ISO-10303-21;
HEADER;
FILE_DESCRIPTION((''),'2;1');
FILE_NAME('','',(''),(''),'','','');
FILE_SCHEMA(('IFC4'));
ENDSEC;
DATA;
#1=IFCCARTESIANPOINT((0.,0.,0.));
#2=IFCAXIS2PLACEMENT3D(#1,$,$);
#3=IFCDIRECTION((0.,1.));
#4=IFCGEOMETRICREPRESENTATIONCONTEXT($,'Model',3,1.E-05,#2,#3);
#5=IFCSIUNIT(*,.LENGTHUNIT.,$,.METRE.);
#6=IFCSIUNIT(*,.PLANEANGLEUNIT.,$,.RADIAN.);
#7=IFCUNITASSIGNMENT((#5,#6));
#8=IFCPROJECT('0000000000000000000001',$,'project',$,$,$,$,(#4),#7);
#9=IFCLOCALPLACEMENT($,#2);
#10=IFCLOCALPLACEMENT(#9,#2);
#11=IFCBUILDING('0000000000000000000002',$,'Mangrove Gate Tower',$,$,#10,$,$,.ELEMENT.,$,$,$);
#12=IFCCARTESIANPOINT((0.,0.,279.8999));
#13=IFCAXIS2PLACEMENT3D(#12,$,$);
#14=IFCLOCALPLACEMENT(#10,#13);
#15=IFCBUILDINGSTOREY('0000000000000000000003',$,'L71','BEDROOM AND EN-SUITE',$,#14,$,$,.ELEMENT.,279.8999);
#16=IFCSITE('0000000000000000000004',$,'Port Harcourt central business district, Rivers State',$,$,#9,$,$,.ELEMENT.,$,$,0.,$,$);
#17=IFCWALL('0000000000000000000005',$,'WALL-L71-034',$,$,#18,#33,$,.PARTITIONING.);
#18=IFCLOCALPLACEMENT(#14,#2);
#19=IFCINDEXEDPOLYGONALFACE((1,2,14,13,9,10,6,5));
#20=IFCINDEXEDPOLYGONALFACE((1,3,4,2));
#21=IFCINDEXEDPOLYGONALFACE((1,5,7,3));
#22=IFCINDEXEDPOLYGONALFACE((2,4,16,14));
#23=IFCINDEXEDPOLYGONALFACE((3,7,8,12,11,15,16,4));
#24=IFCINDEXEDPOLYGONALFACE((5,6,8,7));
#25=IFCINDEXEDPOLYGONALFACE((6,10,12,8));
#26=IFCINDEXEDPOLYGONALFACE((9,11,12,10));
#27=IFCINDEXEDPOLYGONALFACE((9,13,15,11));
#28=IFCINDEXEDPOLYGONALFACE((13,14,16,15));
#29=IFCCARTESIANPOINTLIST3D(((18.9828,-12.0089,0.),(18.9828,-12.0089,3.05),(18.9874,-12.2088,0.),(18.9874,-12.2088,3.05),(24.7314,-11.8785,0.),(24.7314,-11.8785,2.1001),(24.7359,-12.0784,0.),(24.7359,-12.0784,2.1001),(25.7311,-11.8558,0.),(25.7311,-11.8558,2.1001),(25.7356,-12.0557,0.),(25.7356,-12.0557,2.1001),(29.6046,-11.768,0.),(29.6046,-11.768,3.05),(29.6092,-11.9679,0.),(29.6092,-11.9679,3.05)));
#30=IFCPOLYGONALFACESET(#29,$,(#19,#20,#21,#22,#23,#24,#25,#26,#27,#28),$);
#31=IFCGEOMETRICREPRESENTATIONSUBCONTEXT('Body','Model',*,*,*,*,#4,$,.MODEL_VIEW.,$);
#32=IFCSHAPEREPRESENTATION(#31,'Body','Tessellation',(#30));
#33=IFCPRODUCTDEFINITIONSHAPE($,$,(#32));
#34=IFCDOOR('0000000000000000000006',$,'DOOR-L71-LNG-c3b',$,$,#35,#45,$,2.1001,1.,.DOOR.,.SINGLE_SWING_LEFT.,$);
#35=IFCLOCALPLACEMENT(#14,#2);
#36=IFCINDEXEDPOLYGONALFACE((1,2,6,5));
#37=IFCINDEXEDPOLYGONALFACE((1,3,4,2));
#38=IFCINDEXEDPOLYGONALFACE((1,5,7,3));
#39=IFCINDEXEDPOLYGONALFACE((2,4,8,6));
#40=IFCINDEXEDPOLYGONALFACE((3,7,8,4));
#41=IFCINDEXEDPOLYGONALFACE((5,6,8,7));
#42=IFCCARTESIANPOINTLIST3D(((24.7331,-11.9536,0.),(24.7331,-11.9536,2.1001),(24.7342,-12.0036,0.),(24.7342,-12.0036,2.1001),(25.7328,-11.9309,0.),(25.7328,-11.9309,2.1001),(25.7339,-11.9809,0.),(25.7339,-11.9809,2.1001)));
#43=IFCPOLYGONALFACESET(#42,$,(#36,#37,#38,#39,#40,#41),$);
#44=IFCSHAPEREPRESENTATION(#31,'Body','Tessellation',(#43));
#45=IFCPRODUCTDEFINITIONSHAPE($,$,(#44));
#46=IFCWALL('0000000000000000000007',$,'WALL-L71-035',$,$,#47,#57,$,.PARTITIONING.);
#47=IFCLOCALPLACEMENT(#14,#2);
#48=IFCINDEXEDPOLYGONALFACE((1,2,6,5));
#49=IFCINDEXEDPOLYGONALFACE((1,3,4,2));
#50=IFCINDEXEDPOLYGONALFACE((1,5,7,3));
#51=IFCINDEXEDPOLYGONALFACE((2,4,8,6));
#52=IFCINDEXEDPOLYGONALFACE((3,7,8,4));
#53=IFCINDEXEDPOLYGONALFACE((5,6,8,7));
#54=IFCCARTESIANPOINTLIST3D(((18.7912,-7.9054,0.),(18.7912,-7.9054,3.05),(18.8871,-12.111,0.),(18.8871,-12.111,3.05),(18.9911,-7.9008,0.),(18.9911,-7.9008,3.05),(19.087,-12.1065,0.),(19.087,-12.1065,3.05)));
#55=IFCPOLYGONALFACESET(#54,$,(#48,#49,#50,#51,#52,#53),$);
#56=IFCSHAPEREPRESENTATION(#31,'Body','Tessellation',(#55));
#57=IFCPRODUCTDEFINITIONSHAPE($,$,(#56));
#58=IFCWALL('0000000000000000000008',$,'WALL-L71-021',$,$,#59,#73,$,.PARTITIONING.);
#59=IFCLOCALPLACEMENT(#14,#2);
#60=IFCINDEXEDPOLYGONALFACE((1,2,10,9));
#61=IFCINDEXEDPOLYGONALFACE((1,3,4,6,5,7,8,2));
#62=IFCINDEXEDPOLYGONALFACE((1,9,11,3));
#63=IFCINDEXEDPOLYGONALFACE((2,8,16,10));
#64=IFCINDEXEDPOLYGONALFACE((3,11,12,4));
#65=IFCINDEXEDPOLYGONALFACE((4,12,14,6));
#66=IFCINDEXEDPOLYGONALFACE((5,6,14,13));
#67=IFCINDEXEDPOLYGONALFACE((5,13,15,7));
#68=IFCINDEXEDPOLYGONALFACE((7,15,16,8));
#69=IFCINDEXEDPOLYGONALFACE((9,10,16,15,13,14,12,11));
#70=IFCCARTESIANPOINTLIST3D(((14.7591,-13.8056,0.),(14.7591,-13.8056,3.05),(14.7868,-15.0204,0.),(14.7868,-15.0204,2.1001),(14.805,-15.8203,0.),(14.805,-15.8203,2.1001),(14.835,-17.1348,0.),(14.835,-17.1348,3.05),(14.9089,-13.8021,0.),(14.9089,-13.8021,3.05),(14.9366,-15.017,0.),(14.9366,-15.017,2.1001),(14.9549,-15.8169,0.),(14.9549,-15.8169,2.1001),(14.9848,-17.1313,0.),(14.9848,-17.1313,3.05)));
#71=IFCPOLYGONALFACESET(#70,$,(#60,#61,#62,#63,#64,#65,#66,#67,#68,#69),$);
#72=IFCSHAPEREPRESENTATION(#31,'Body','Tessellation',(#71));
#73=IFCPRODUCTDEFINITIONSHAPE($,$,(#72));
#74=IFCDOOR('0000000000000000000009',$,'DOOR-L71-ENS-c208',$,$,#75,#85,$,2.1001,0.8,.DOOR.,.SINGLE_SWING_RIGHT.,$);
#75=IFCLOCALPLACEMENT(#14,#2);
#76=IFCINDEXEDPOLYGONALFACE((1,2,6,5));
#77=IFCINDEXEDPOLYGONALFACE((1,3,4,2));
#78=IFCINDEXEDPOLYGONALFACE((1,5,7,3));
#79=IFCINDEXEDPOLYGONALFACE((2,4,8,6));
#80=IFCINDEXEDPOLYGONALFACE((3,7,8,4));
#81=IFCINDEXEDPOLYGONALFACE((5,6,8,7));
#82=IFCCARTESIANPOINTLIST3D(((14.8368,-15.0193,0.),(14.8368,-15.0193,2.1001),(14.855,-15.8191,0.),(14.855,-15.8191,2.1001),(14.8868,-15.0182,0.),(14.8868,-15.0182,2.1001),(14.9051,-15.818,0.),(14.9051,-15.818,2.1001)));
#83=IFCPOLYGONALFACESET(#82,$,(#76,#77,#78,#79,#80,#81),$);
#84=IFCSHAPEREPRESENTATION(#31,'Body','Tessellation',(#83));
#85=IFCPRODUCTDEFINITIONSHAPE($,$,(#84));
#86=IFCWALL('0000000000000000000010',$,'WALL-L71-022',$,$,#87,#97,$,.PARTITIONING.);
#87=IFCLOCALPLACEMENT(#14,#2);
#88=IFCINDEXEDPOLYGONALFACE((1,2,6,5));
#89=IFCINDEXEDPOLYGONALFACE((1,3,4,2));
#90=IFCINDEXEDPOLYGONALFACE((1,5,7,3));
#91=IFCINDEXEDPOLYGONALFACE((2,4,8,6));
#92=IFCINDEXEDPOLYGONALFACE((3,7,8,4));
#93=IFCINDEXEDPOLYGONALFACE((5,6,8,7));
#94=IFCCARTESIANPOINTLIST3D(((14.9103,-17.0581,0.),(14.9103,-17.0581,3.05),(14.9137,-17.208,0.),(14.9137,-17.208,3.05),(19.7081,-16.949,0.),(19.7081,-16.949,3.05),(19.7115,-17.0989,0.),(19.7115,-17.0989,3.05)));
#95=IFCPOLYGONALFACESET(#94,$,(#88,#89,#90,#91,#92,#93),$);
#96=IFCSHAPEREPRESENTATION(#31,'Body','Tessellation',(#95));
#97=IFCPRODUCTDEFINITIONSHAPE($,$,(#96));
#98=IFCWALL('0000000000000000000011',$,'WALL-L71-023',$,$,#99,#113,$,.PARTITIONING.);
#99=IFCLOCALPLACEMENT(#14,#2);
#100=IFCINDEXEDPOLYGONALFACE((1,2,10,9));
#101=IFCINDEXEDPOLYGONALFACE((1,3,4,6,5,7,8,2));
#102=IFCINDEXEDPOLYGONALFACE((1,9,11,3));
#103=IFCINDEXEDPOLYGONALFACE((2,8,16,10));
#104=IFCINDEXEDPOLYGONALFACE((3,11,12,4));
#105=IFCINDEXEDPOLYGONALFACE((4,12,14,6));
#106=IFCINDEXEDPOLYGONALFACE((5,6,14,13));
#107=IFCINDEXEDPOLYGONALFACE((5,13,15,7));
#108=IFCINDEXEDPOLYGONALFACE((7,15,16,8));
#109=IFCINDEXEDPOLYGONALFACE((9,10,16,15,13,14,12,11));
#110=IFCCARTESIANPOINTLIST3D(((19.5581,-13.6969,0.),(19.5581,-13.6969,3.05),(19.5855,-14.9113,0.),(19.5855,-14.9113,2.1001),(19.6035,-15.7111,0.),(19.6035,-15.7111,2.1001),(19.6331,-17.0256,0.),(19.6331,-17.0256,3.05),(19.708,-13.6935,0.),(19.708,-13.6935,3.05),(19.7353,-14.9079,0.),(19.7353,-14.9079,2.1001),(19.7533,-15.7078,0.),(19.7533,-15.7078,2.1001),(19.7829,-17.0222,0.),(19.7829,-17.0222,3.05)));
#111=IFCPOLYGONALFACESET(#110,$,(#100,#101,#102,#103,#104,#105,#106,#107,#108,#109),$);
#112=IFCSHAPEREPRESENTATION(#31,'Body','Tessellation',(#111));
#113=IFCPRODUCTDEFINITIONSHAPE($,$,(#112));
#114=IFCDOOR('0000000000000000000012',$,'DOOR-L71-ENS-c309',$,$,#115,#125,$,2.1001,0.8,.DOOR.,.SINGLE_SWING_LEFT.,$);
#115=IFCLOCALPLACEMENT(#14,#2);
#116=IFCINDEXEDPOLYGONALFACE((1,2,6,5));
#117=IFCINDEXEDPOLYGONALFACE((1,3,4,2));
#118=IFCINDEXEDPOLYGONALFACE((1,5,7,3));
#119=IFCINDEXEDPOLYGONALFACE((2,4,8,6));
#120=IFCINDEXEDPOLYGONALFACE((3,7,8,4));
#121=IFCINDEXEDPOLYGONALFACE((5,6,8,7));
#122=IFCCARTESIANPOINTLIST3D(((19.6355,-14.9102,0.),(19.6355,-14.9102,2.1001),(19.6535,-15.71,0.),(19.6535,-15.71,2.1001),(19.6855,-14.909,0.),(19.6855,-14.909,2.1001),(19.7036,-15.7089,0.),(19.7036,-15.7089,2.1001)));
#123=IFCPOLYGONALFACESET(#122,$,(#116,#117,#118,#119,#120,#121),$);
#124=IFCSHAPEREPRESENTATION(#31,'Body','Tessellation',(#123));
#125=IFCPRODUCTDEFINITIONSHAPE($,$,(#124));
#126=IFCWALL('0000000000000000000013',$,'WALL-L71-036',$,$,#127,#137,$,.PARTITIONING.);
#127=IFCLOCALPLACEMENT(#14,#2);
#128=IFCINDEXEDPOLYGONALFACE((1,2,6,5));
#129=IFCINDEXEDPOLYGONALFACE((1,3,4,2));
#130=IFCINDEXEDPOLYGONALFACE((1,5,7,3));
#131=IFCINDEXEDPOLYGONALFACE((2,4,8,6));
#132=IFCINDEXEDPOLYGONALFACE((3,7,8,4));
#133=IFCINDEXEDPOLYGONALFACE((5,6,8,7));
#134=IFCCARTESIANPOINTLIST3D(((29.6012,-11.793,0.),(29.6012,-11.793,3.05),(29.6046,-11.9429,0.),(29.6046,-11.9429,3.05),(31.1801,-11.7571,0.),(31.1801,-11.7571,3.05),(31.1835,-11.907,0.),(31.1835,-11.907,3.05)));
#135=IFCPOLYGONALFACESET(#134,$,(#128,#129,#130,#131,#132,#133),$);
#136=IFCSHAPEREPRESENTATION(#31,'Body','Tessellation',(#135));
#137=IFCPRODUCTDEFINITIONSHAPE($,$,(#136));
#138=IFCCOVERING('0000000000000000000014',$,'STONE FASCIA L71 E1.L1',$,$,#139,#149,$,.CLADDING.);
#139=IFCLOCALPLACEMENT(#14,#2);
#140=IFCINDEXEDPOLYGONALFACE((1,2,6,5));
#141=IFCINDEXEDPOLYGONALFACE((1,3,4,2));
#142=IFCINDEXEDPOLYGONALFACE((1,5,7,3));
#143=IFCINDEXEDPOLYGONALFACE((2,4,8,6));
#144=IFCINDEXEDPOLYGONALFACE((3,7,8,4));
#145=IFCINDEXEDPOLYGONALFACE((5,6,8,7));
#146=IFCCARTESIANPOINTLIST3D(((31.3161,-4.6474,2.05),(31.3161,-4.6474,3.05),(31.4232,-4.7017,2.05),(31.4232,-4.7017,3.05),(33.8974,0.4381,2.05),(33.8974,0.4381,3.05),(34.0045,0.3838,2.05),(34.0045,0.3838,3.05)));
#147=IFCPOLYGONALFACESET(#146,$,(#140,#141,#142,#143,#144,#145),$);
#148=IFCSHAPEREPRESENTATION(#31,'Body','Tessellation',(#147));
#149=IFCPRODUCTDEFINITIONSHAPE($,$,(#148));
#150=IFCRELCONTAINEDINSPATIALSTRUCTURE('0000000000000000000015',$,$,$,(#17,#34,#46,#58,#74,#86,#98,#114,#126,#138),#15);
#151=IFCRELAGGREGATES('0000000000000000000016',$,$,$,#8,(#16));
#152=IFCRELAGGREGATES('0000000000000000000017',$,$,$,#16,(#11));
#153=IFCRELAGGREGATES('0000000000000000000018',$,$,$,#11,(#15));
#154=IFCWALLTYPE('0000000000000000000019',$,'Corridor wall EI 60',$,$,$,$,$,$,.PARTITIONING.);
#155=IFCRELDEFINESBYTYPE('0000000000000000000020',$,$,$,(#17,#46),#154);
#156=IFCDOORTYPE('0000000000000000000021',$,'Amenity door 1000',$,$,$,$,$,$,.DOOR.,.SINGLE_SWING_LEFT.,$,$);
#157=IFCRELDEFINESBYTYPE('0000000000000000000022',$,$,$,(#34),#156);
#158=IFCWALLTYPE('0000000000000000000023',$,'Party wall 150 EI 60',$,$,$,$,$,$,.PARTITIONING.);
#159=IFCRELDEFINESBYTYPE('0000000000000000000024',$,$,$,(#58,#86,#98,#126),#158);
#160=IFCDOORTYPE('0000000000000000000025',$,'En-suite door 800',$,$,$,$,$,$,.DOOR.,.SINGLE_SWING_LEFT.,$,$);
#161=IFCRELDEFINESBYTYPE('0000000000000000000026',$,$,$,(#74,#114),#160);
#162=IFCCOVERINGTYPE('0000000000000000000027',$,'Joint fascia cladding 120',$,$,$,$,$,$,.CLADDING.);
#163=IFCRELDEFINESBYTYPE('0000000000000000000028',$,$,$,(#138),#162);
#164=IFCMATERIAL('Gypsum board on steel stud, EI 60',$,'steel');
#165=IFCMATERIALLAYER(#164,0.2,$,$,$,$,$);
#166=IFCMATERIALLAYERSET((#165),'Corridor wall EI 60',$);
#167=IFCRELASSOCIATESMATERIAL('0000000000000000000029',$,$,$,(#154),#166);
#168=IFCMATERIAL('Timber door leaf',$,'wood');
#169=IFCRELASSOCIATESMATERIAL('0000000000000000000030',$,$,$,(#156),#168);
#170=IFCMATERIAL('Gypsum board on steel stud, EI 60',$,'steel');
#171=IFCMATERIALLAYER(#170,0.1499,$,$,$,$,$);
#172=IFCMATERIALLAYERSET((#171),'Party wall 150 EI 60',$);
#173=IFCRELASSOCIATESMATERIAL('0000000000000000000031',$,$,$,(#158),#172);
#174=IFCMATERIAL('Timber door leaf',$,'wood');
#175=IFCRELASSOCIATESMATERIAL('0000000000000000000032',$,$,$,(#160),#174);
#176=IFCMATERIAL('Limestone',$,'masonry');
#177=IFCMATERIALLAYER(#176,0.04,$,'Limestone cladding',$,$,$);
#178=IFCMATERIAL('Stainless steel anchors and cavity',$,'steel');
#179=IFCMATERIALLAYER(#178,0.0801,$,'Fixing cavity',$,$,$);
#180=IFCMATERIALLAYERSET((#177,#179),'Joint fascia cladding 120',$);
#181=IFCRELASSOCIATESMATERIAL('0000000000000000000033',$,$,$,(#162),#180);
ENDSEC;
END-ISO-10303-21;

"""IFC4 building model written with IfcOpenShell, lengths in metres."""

from ifc_helpers import new_model, si_unit, direction, frame, frame_2d, origin, place, context, subcontext, project, spatial, rectangle, extrude, material, layer, layer_set, type_object, element, fill, save


model = new_model("IFC4")

# Units and contexts
model_context = context("Model", 3, precision=1e-05, world=origin(), true_north=direction((0.0, 1.0)))
body_context = subcontext(model_context, "Body", "Model", "MODEL_VIEW")
ifc_project = project(units=[si_unit("LENGTHUNIT", "METRE"), si_unit("PLANEANGLEUNIT", "RADIAN")], contexts=[model_context])

# Site, building, storey
site_placement = place(None, origin())
site = spatial("IfcSite", under=ifc_project, at=site_placement, Name="Port Harcourt central business district, Rivers State", CompositionType="ELEMENT", RefElevation=0.0)
building_placement = place(site_placement, origin())
building = spatial("IfcBuilding", under=site, at=building_placement, Name="Mangrove Gate Tower", CompositionType="ELEMENT")
storey_placement = place(building_placement, frame((0.0, 0.0, 279.8999)))
storey = spatial("IfcBuildingStorey", under=building, at=storey_placement, Name="L71", Description="BEDROOM AND EN-SUITE", CompositionType="ELEMENT", Elevation=279.8999)

# Shared definitions
ifc_material_1 = material(Name="Gypsum board on steel stud, EI 60", Category="steel")
ifc_layer_1 = layer(ifc_material_1, 0.2)
ifc_layer_set_1 = layer_set([ifc_layer_1], Name="Corridor wall EI 60")
wall_type_1 = type_object("IfcWallType", Name="Corridor wall EI 60", PredefinedType="PARTITIONING", material=ifc_layer_set_1)

# Wall, opening, door
wall_1_placement = place(storey_placement, frame((18.9851, -12.1089, 0.0), z_axis=(0.0, 0.0, 1.0), x_axis=(0.999743, 0.02268, 0.0)))
wall_1 = element("IfcWall", 1, at=wall_1_placement, inside=storey, type_object=wall_type_1, Name="WALL-L71-034", PredefinedType="PARTITIONING", context=body_context, shape_type="SweptSolid", body=[
    extrude(rectangle(XDim=10.6245, YDim=0.2, at=frame_2d((5.3123, 0.0))), origin(), (0.0, 0.0, 1.0), 3.05),
])
opening_1_placement = place(wall_1_placement, frame((5.75, 0.0, 0.0)))
opening_1 = element("IfcOpeningElement", 2, at=opening_1_placement, cuts=wall_1, PredefinedType="OPENING", context=body_context, shape_type="SweptSolid", body=[
    extrude(rectangle(XDim=1.0, YDim=2.1001, at=frame_2d((0.5, 1.05))), frame((0.0, 0.1099, 0.0), z_axis=(0.0, -1.0, 0.0), x_axis=(1.0, 0.0, 0.0)), (0.0, 0.0, 1.0), 0.22),
])
ifc_material_2 = material(Name="Timber door leaf", Category="wood")
door_type_1 = type_object("IfcDoorType", Name="Amenity door 1000", OperationType="SINGLE_SWING_LEFT", PredefinedType="DOOR", material=ifc_material_2)
door_1_placement = place(opening_1_placement, origin())
door_1 = element("IfcDoor", 3, at=door_1_placement, inside=storey, type_object=door_type_1, Name="DOOR-L71-LNG-c3b", OperationType="SINGLE_SWING_LEFT", OverallHeight=2.1001, OverallWidth=1.0, PredefinedType="DOOR", context=body_context, shape_type="SweptSolid", body=[
    extrude(rectangle(XDim=1.0, YDim=2.1001, at=frame_2d((0.5, 1.05))), frame((0.0, 0.0249, 0.0), z_axis=(0.0, -1.0, 0.0), x_axis=(1.0, 0.0, 0.0)), (0.0, 0.0, 1.0), 0.05),
])
fill(opening_1, door_1)

# Wall
wall_2_placement = place(storey_placement, frame((18.9871, -12.1089, 0.0), z_axis=(0.0, 0.0, 1.0), x_axis=(-0.022807, 0.99974, 0.0)))
element("IfcWall", 4, at=wall_2_placement, inside=storey, type_object=wall_type_1, Name="WALL-L71-035", PredefinedType="PARTITIONING", context=body_context, shape_type="SweptSolid", body=[
    extrude(rectangle(XDim=4.2068, YDim=0.2, at=frame_2d((2.1035, 0.0))), origin(), (0.0, 0.0, 1.0), 3.05),
])

# Wall, opening, door
ifc_material_3 = material(Name="Gypsum board on steel stud, EI 60", Category="steel")
ifc_layer_2 = layer(ifc_material_3, 0.1499)
ifc_layer_set_2 = layer_set([ifc_layer_2], Name="Party wall 150 EI 60")
wall_type_2 = type_object("IfcWallType", Name="Party wall 150 EI 60", PredefinedType="PARTITIONING", material=ifc_layer_set_2)
wall_3_placement = place(storey_placement, frame((14.9099, -17.1331, 0.0), z_axis=(0.0, 0.0, 1.0), x_axis=(-0.022801, 0.99974, 0.0)))
wall_3 = element("IfcWall", 5, at=wall_3_placement, inside=storey, type_object=wall_type_2, Name="WALL-L71-021", PredefinedType="PARTITIONING", context=body_context, shape_type="SweptSolid", body=[
    extrude(rectangle(XDim=3.3301, YDim=0.1499, at=frame_2d((1.665, 0.0))), origin(), (0.0, 0.0, 1.0), 3.05),
])
opening_2_placement = place(wall_3_placement, frame((1.3149, 0.0, 0.0)))
opening_2 = element("IfcOpeningElement", 6, at=opening_2_placement, cuts=wall_3, PredefinedType="OPENING", context=body_context, shape_type="SweptSolid", body=[
    extrude(rectangle(XDim=0.8, YDim=2.1001, at=frame_2d((0.3999, 1.05))), frame((0.0, 0.085, 0.0), z_axis=(0.0, -1.0, 0.0), x_axis=(1.0, 0.0, 0.0)), (0.0, 0.0, 1.0), 0.1699),
])
ifc_material_4 = material(Name="Timber door leaf", Category="wood")
door_type_2 = type_object("IfcDoorType", Name="En-suite door 800", OperationType="SINGLE_SWING_LEFT", PredefinedType="DOOR", material=ifc_material_4)
door_2_placement = place(opening_2_placement, origin())
door_2 = element("IfcDoor", 7, at=door_2_placement, inside=storey, type_object=door_type_2, Name="DOOR-L71-ENS-c208", OperationType="SINGLE_SWING_RIGHT", OverallHeight=2.1001, OverallWidth=0.8, PredefinedType="DOOR", context=body_context, shape_type="SweptSolid", body=[
    extrude(rectangle(XDim=0.8, YDim=2.1001, at=frame_2d((0.3999, 1.05))), frame((0.0, 0.0249, 0.0), z_axis=(0.0, -1.0, 0.0), x_axis=(1.0, 0.0, 0.0)), (0.0, 0.0, 1.0), 0.05),
])
fill(opening_2, door_2)

# Wall
wall_4_placement = place(storey_placement, frame((14.9121, -17.1331, 0.0), z_axis=(0.0, 0.0, 1.0), x_axis=(0.999741, 0.02274, 0.0)))
element("IfcWall", 8, at=wall_4_placement, inside=storey, type_object=wall_type_2, Name="WALL-L71-022", PredefinedType="PARTITIONING", context=body_context, shape_type="SweptSolid", body=[
    extrude(rectangle(XDim=4.7991, YDim=0.1499, at=frame_2d((2.3994, 0.0))), origin(), (0.0, 0.0, 1.0), 3.05),
])

# Wall, opening, door
wall_5_placement = place(storey_placement, frame((19.708, -17.0239, 0.0), z_axis=(0.0, 0.0, 1.0), x_axis=(-0.02251, 0.999747, 0.0)))
wall_5 = element("IfcWall", 9, at=wall_5_placement, inside=storey, type_object=wall_type_2, Name="WALL-L71-023", PredefinedType="PARTITIONING", context=body_context, shape_type="SweptSolid", body=[
    extrude(rectangle(XDim=3.3296, YDim=0.1499, at=frame_2d((1.6648, 0.0))), origin(), (0.0, 0.0, 1.0), 3.05),
])
opening_3_placement = place(wall_5_placement, frame((1.3149, 0.0, 0.0)))
opening_3 = element("IfcOpeningElement", 10, at=opening_3_placement, cuts=wall_5, PredefinedType="OPENING", context=body_context, shape_type="SweptSolid", body=[
    extrude(rectangle(XDim=0.8, YDim=2.1001, at=frame_2d((0.3999, 1.05))), frame((0.0, 0.085, 0.0), z_axis=(0.0, -1.0, 0.0), x_axis=(1.0, 0.0, 0.0)), (0.0, 0.0, 1.0), 0.1699),
])
door_3_placement = place(opening_3_placement, origin())
door_3 = element("IfcDoor", 11, at=door_3_placement, inside=storey, type_object=door_type_2, Name="DOOR-L71-ENS-c309", OperationType="SINGLE_SWING_LEFT", OverallHeight=2.1001, OverallWidth=0.8, PredefinedType="DOOR", context=body_context, shape_type="SweptSolid", body=[
    extrude(rectangle(XDim=0.8, YDim=2.1001, at=frame_2d((0.3999, 1.05))), frame((0.0, 0.0249, 0.0), z_axis=(0.0, -1.0, 0.0), x_axis=(1.0, 0.0, 0.0)), (0.0, 0.0, 1.0), 0.05),
])
fill(opening_3, door_3)

# Wall
wall_6_placement = place(storey_placement, frame((29.603, -11.8679, 0.0), z_axis=(0.0, 0.0, 1.0), x_axis=(0.999742, 0.022725, 0.0)))
element("IfcWall", 12, at=wall_6_placement, inside=storey, type_object=wall_type_2, Name="WALL-L71-036", PredefinedType="PARTITIONING", context=body_context, shape_type="SweptSolid", body=[
    extrude(rectangle(XDim=1.5793, YDim=0.1499, at=frame_2d((0.7896, 0.0))), origin(), (0.0, 0.0, 1.0), 3.05),
])

# Covering
ifc_material_5 = material(Name="Limestone", Category="masonry")
ifc_layer_3 = layer(ifc_material_5, 0.04, Name="Limestone cladding")
ifc_material_6 = material(Name="Stainless steel anchors and cavity", Category="steel")
ifc_layer_4 = layer(ifc_material_6, 0.0801, Name="Fixing cavity")
ifc_layer_set_3 = layer_set([ifc_layer_3, ifc_layer_4], Name="Joint fascia cladding 120")
covering_type = type_object("IfcCoveringType", Name="Joint fascia cladding 120", PredefinedType="CLADDING", material=ifc_layer_set_3)
covering_placement = place(storey_placement, frame((31.3696, -4.6746, 2.05), z_axis=(0.0, 0.0, 1.0), x_axis=(0.452616, 0.891705, 0.0)))
element("IfcCovering", 13, at=covering_placement, inside=storey, type_object=covering_type, Name="STONE FASCIA L71 E1.L1", PredefinedType="CLADDING", context=body_context, shape_type="SweptSolid", body=[
    extrude(rectangle(XDim=5.7031, YDim=0.1201, at=frame_2d((2.8516, 0.0))), origin(), (0.0, 0.0, 1.0), 1.0),
])

save(model, "model.ifc")
